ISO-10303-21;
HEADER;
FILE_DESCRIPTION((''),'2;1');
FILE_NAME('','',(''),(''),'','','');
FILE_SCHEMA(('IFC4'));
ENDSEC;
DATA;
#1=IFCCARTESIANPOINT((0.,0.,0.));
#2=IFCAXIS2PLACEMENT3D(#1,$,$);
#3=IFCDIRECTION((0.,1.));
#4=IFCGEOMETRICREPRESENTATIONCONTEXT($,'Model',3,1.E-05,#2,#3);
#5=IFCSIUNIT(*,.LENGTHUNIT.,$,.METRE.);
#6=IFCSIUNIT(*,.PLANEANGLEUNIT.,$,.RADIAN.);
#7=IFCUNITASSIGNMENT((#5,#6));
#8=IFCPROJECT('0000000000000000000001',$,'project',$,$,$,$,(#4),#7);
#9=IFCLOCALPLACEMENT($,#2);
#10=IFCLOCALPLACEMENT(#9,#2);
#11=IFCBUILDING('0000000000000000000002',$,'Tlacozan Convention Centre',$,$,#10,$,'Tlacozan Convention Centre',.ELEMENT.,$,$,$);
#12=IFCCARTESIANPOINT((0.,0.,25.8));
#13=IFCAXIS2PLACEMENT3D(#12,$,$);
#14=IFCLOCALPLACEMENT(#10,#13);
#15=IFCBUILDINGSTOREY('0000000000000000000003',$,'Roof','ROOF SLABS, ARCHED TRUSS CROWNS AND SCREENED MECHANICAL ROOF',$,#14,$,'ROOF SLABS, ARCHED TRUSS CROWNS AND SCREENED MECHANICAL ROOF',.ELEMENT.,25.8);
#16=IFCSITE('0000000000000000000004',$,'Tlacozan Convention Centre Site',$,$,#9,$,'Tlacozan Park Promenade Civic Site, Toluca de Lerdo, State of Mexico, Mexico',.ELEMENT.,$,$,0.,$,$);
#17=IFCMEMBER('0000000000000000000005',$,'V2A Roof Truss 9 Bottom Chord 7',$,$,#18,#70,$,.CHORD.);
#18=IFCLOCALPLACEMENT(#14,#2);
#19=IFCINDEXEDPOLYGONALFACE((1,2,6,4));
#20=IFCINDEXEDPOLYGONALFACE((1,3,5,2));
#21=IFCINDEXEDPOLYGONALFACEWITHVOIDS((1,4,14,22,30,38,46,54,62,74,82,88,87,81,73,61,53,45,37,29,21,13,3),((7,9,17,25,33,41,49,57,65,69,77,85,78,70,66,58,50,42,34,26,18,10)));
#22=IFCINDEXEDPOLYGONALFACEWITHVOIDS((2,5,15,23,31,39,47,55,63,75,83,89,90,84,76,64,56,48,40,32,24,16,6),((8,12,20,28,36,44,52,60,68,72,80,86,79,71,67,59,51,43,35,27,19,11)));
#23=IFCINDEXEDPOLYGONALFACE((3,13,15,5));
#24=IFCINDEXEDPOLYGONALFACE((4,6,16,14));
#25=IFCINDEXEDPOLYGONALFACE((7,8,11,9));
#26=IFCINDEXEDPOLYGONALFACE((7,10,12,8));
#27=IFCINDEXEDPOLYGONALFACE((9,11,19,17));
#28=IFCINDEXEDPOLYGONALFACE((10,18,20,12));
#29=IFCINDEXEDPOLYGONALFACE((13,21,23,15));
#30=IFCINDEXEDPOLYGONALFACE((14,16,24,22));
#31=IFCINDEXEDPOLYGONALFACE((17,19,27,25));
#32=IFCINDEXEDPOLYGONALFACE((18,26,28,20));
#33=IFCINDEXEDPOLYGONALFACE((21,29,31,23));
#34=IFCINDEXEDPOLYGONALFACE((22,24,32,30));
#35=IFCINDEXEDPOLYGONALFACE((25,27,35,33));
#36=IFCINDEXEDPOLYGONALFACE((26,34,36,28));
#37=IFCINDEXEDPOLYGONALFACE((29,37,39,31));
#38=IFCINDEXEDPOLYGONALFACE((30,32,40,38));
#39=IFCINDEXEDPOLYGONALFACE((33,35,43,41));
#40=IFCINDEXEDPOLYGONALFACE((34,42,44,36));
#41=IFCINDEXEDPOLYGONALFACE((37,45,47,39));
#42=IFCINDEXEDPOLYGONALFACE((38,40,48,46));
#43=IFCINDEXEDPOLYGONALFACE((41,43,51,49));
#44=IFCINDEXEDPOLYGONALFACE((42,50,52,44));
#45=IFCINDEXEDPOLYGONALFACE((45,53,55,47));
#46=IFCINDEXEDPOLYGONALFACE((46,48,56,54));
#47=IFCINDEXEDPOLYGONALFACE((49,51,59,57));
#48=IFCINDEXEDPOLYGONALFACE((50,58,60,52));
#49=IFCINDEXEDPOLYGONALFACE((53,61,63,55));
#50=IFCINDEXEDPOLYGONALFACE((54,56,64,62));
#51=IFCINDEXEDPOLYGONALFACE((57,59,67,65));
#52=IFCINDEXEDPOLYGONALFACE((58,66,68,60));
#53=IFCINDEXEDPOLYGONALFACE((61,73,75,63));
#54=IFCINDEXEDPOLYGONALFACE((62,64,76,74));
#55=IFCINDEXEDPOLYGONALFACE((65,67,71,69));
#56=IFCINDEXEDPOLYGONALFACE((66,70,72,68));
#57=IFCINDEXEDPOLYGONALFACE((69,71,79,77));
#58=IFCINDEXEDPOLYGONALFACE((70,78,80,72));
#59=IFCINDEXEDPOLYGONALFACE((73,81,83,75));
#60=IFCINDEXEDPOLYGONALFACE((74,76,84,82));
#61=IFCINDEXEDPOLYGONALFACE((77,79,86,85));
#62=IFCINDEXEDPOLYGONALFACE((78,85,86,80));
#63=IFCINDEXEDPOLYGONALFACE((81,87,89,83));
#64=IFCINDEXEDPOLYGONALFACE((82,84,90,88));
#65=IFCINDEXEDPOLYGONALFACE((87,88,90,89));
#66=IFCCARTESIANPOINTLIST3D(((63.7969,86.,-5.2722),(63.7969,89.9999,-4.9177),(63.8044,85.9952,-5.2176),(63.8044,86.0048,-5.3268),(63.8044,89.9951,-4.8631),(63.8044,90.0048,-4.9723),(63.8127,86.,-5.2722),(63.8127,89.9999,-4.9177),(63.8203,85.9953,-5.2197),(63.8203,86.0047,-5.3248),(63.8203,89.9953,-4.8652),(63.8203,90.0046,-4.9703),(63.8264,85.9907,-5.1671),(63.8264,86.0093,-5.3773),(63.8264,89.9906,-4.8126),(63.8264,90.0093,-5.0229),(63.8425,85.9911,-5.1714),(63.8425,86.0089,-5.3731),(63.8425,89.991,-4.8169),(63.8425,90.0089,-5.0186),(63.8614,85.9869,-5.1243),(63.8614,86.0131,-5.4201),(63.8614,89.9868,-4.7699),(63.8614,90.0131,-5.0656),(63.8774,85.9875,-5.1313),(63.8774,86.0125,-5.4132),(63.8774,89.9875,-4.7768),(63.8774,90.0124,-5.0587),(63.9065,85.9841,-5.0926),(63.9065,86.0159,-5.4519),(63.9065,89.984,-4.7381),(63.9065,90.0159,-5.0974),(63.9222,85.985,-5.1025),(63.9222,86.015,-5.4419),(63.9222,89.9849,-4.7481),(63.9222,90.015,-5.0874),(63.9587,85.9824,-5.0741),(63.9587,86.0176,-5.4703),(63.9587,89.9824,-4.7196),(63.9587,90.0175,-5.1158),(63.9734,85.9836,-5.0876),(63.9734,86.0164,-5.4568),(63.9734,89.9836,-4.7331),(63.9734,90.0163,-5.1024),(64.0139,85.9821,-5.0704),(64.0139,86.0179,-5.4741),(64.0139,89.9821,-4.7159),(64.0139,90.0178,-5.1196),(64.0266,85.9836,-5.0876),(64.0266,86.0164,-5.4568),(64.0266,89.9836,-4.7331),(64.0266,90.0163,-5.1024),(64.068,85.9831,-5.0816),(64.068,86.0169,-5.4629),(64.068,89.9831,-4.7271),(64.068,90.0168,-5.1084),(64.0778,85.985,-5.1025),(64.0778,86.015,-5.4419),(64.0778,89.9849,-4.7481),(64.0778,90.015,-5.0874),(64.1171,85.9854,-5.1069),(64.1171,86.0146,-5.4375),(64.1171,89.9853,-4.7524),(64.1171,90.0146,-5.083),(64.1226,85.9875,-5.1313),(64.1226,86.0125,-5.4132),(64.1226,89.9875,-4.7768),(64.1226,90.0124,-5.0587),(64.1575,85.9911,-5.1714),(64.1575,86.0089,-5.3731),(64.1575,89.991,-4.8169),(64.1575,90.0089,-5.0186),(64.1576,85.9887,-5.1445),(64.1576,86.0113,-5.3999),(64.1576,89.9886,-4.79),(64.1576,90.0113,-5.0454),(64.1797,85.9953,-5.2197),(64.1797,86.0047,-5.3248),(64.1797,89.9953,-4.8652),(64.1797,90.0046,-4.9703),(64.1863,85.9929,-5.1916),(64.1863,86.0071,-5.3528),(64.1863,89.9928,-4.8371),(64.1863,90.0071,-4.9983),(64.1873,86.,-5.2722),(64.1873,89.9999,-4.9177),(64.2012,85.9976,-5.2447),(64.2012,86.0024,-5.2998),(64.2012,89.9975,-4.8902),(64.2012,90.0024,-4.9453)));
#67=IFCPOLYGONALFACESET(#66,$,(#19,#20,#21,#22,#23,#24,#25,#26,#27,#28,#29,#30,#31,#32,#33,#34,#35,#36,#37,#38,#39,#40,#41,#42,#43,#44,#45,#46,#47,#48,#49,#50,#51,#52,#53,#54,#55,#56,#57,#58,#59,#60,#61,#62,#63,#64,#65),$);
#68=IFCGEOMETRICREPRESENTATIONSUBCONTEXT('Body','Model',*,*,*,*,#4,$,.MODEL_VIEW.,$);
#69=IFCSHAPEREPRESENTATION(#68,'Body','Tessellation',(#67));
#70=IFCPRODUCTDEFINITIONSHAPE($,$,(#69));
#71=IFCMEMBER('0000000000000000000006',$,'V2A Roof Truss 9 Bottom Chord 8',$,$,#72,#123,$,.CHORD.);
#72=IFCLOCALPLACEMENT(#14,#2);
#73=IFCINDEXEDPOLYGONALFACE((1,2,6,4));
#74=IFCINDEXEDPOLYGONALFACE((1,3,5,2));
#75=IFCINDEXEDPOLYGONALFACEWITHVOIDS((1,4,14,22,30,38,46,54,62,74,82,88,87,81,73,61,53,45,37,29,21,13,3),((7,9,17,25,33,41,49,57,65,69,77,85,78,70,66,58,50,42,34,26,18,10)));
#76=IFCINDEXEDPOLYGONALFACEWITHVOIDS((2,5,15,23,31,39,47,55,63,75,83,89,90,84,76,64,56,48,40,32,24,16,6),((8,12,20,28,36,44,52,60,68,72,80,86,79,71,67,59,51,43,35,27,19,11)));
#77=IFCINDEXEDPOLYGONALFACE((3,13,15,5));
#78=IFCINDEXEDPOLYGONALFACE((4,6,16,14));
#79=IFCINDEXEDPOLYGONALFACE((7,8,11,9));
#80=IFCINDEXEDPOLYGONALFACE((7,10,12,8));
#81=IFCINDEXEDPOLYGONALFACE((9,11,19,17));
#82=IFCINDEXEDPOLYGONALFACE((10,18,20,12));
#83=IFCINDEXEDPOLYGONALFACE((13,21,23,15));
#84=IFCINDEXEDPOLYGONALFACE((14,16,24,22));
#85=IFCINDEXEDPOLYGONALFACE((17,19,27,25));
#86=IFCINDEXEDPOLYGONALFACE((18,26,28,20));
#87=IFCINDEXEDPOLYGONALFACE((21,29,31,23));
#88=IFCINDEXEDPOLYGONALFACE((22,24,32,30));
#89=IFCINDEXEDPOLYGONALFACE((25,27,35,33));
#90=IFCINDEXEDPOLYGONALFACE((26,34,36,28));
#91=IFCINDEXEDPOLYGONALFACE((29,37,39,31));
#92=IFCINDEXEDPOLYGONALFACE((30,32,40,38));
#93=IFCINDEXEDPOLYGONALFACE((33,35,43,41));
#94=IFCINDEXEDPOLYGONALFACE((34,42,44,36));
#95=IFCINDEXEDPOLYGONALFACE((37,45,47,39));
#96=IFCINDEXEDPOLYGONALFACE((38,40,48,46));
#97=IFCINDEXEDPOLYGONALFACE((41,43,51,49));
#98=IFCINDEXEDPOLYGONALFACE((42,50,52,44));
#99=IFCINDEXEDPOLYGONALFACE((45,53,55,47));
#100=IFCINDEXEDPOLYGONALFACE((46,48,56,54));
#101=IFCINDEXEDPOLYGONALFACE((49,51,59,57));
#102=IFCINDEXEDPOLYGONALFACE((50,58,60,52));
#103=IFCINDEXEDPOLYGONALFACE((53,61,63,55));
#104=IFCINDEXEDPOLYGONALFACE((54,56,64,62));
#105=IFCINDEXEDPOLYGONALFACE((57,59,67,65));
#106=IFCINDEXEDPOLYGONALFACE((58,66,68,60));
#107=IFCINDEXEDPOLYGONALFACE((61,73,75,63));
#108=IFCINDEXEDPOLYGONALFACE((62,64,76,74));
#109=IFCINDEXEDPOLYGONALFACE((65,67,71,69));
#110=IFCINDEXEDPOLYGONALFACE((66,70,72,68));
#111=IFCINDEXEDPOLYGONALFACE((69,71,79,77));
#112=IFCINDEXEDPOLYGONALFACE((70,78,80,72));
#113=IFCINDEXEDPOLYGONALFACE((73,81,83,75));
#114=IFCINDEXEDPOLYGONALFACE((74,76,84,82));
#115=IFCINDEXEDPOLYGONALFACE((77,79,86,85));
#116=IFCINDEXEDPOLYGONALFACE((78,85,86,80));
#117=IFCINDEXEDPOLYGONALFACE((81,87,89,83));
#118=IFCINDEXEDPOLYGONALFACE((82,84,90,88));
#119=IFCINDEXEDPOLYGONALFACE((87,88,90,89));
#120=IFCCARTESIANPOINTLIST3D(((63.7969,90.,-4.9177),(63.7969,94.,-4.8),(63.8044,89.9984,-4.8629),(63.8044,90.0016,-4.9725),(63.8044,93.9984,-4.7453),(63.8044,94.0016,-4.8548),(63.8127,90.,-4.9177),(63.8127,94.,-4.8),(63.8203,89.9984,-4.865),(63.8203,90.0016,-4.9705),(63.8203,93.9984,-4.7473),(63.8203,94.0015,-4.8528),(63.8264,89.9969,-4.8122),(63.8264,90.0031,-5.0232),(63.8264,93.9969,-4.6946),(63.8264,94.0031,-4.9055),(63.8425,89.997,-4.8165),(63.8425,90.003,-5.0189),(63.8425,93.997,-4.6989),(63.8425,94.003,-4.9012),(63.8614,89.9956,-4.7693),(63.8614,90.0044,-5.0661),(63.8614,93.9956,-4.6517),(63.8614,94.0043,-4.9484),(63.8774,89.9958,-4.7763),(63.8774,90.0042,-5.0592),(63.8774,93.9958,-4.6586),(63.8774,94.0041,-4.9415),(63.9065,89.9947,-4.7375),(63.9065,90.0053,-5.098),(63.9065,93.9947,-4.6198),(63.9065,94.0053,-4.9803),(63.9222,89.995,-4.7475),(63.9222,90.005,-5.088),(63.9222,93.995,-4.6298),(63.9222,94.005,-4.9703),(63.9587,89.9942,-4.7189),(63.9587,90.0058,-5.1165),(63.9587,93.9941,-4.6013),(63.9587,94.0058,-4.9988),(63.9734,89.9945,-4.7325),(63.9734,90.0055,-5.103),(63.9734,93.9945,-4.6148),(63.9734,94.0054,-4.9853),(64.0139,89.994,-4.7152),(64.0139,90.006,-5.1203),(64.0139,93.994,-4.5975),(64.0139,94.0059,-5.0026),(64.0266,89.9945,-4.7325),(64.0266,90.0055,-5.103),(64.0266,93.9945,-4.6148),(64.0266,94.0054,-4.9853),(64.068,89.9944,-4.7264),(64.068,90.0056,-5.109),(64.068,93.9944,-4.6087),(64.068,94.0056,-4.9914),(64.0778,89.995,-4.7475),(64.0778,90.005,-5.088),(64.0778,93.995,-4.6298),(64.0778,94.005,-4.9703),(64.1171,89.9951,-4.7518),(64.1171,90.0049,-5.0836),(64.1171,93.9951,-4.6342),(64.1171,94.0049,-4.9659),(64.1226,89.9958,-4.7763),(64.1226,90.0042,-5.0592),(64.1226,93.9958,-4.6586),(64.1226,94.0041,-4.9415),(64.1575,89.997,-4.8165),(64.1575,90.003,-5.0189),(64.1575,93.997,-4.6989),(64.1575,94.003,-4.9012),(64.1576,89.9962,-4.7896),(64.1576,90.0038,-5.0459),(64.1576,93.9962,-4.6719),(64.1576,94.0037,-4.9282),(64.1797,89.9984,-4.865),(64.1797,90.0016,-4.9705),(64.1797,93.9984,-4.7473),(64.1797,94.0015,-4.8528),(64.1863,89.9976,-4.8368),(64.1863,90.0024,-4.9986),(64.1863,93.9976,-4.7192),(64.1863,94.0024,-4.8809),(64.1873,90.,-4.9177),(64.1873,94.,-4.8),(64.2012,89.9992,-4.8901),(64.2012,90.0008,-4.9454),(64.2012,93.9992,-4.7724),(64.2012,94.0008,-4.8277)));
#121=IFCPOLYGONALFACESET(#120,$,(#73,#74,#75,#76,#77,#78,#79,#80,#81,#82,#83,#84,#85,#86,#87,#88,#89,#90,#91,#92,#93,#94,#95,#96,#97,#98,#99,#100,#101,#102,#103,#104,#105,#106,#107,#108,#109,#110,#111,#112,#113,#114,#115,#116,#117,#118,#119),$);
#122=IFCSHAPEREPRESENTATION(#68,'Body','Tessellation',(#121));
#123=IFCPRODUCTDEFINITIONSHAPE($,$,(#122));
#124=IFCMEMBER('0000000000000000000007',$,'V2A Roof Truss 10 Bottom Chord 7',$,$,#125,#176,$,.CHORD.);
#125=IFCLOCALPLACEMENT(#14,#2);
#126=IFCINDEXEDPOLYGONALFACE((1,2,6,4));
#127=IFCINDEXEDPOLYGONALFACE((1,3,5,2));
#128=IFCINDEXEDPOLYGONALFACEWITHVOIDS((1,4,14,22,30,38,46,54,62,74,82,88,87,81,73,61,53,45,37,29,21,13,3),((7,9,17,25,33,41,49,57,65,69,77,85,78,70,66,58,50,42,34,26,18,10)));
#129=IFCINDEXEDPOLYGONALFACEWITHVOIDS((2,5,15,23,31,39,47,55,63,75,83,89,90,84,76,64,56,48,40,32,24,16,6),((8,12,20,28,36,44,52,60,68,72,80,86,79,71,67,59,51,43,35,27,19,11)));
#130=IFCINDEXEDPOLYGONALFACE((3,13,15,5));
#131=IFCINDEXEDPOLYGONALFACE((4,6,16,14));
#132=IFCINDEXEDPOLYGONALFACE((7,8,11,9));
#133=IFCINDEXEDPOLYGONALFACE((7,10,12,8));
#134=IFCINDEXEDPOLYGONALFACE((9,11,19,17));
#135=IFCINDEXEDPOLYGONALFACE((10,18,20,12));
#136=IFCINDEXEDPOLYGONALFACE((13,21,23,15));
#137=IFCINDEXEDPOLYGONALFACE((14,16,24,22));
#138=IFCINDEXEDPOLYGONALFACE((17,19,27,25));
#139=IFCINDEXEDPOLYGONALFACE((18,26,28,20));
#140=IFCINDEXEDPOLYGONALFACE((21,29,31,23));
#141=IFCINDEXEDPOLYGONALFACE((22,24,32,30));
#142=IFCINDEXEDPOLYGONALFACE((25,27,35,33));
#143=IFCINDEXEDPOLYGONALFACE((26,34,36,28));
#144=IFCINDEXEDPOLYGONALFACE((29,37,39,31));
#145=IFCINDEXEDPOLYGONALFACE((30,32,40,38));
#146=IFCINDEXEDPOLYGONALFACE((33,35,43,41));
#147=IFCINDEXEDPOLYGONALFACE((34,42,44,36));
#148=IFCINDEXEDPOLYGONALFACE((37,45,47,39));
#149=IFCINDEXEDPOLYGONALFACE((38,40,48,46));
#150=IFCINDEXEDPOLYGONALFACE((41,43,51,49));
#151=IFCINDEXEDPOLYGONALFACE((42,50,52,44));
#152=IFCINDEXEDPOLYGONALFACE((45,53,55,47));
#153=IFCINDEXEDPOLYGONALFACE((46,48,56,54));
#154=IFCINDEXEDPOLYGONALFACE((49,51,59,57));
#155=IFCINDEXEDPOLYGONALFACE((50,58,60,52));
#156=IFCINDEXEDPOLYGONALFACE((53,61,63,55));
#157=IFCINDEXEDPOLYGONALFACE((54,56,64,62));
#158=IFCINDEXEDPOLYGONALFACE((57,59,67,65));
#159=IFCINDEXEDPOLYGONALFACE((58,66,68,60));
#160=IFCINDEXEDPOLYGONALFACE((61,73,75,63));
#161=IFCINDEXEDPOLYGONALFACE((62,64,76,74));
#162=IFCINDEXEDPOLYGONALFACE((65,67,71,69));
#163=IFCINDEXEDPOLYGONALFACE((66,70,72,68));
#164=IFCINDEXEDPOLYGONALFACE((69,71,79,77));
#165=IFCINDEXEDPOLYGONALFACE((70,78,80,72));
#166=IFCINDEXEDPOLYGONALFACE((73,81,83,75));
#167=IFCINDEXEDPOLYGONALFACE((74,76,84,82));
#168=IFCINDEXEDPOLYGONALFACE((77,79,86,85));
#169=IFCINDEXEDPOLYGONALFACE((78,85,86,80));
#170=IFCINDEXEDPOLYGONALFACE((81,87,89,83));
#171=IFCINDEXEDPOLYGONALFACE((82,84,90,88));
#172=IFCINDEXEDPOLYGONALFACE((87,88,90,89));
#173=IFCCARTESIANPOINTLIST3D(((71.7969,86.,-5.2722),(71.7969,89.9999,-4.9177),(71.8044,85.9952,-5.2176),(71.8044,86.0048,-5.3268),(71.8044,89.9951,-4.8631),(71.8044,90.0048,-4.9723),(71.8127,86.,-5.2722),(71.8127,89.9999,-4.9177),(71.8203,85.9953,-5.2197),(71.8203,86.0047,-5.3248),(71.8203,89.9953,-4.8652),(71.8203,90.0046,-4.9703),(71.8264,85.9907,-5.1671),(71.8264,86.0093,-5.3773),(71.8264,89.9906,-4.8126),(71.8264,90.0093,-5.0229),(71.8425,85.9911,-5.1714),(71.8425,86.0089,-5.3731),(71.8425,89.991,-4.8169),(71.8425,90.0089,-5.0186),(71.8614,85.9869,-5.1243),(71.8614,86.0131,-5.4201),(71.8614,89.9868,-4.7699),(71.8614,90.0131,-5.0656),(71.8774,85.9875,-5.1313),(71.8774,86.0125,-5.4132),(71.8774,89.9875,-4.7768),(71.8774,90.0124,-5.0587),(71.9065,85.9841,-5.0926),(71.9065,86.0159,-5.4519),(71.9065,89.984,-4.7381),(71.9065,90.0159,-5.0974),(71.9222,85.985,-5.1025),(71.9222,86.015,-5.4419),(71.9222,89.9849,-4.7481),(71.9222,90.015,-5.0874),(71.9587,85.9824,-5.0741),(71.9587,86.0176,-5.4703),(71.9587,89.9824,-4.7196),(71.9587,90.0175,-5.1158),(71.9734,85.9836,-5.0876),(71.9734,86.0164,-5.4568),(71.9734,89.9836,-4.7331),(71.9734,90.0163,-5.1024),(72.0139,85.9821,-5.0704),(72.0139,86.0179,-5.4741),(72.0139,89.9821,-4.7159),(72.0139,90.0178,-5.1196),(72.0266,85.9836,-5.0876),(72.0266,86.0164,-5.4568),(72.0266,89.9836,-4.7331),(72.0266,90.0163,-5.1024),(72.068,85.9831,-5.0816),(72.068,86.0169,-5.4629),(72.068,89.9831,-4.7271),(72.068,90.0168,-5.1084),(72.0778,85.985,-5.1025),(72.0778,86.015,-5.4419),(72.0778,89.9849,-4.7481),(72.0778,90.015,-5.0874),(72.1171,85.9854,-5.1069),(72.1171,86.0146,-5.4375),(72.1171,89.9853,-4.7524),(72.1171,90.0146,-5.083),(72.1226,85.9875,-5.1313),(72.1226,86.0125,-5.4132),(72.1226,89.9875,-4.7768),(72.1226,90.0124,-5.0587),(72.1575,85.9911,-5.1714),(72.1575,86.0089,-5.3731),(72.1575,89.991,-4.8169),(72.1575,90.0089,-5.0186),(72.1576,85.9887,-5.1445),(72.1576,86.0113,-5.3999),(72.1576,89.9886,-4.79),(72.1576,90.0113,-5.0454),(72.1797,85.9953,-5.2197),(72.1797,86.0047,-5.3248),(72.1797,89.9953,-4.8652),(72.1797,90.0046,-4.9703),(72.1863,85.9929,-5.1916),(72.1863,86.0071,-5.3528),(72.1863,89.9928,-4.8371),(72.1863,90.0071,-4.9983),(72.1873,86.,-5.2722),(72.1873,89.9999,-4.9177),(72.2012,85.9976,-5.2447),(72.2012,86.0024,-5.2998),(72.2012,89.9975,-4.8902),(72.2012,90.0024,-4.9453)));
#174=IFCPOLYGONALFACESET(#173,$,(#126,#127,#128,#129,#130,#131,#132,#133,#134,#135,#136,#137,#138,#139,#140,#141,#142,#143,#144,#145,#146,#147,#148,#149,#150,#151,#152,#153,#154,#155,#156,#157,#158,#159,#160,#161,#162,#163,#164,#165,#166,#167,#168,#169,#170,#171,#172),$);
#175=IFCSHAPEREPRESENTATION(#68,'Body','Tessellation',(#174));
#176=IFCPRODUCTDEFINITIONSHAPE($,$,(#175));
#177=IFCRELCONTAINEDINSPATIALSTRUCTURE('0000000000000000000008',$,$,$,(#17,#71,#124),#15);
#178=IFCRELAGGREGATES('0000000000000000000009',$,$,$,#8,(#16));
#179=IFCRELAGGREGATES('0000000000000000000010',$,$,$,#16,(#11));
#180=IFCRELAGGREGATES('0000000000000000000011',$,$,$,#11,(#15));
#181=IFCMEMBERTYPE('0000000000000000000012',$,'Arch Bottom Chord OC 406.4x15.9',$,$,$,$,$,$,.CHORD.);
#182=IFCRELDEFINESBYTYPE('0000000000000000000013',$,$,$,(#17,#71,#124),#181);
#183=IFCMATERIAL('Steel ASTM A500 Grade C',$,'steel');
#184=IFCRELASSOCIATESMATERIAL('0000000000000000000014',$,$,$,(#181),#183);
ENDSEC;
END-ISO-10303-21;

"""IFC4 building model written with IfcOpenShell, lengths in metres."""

from ifc_helpers import new_model, si_unit, direction, frame, origin, origin_2d, place, context, subcontext, project, spatial, hollow_circle, extrude, material, material_profile, profile_set, type_object, element, save


model = new_model("IFC4")

# Units and contexts
model_context = context("Model", 3, precision=1e-05, world=origin(), true_north=direction((0.0, 1.0)))
body_context = subcontext(model_context, "Body", "Model", "MODEL_VIEW")
ifc_project = project(units=[si_unit("LENGTHUNIT", "METRE"), si_unit("PLANEANGLEUNIT", "RADIAN")], contexts=[model_context])

# Site, building, storey
site_placement = place(None, origin())
site = spatial("IfcSite", under=ifc_project, at=site_placement, Name="Tlacozan Convention Centre Site", LongName="Tlacozan Park Promenade Civic Site, Toluca de Lerdo, State of Mexico, Mexico", CompositionType="ELEMENT", RefElevation=0.0)
building_placement = place(site_placement, origin())
building = spatial("IfcBuilding", under=site, at=building_placement, Name="Tlacozan Convention Centre", LongName="Tlacozan Convention Centre", CompositionType="ELEMENT")
storey_placement = place(building_placement, frame((0.0, 0.0, 25.8)))
storey = spatial("IfcBuildingStorey", under=building, at=storey_placement, Name="Roof", Description="ROOF SLABS, ARCHED TRUSS CROWNS AND SCREENED MECHANICAL ROOF", LongName="ROOF SLABS, ARCHED TRUSS CROWNS AND SCREENED MECHANICAL ROOF", CompositionType="ELEMENT", Elevation=25.8)

# Members
ifc_material_1 = material(Name="Steel ASTM A500 Grade C", Category="steel")
ifc_material_profile_1 = material_profile(ifc_material_1, hollow_circle(Radius=0.2031, WallThickness=0.0159, at=origin_2d()), Name="OC 406.4x15.9")
ifc_profile_set_1 = profile_set([ifc_material_profile_1], Name="Steel ASTM A500 Grade C")
member_type_1 = type_object("IfcMemberType", Name="Arch Bottom Chord OC 406.4x15.9", PredefinedType="CHORD", material=ifc_profile_set_1)
member_1_placement = place(storey_placement, frame((64.0, 86.0, -5.2722), z_axis=(0.0, 0.996096, 0.088277), x_axis=(-1.0, 0.0, 0.0)))
element("IfcMember", 1, at=member_1_placement, inside=storey, type_object=member_type_1, Name="V2A Roof Truss 9 Bottom Chord 7", PredefinedType="CHORD", context=body_context, shape_type="SweptSolid", body=[
    extrude(hollow_circle(Radius=0.2031, WallThickness=0.0159, at=origin_2d()), origin(), (0.0, 0.0, 1.0), 4.0156),
])
member_2_placement = place(storey_placement, frame((64.0, 90.0, -4.9177), z_axis=(0.0, 0.999568, 0.029406), x_axis=(-1.0, 0.0, 0.0)))
element("IfcMember", 2, at=member_2_placement, inside=storey, type_object=member_type_1, Name="V2A Roof Truss 9 Bottom Chord 8", PredefinedType="CHORD", context=body_context, shape_type="SweptSolid", body=[
    extrude(hollow_circle(Radius=0.2031, WallThickness=0.0159, at=origin_2d()), origin(), (0.0, 0.0, 1.0), 4.0017),
])
member_3_placement = place(storey_placement, frame((72.0, 86.0, -5.2722), z_axis=(0.0, 0.996096, 0.088277), x_axis=(-1.0, 0.0, 0.0)))
element("IfcMember", 3, at=member_3_placement, inside=storey, type_object=member_type_1, Name="V2A Roof Truss 10 Bottom Chord 7", PredefinedType="CHORD", context=body_context, shape_type="SweptSolid", body=[
    extrude(hollow_circle(Radius=0.2031, WallThickness=0.0159, at=origin_2d()), origin(), (0.0, 0.0, 1.0), 4.0156),
])

save(model, "model.ifc")
